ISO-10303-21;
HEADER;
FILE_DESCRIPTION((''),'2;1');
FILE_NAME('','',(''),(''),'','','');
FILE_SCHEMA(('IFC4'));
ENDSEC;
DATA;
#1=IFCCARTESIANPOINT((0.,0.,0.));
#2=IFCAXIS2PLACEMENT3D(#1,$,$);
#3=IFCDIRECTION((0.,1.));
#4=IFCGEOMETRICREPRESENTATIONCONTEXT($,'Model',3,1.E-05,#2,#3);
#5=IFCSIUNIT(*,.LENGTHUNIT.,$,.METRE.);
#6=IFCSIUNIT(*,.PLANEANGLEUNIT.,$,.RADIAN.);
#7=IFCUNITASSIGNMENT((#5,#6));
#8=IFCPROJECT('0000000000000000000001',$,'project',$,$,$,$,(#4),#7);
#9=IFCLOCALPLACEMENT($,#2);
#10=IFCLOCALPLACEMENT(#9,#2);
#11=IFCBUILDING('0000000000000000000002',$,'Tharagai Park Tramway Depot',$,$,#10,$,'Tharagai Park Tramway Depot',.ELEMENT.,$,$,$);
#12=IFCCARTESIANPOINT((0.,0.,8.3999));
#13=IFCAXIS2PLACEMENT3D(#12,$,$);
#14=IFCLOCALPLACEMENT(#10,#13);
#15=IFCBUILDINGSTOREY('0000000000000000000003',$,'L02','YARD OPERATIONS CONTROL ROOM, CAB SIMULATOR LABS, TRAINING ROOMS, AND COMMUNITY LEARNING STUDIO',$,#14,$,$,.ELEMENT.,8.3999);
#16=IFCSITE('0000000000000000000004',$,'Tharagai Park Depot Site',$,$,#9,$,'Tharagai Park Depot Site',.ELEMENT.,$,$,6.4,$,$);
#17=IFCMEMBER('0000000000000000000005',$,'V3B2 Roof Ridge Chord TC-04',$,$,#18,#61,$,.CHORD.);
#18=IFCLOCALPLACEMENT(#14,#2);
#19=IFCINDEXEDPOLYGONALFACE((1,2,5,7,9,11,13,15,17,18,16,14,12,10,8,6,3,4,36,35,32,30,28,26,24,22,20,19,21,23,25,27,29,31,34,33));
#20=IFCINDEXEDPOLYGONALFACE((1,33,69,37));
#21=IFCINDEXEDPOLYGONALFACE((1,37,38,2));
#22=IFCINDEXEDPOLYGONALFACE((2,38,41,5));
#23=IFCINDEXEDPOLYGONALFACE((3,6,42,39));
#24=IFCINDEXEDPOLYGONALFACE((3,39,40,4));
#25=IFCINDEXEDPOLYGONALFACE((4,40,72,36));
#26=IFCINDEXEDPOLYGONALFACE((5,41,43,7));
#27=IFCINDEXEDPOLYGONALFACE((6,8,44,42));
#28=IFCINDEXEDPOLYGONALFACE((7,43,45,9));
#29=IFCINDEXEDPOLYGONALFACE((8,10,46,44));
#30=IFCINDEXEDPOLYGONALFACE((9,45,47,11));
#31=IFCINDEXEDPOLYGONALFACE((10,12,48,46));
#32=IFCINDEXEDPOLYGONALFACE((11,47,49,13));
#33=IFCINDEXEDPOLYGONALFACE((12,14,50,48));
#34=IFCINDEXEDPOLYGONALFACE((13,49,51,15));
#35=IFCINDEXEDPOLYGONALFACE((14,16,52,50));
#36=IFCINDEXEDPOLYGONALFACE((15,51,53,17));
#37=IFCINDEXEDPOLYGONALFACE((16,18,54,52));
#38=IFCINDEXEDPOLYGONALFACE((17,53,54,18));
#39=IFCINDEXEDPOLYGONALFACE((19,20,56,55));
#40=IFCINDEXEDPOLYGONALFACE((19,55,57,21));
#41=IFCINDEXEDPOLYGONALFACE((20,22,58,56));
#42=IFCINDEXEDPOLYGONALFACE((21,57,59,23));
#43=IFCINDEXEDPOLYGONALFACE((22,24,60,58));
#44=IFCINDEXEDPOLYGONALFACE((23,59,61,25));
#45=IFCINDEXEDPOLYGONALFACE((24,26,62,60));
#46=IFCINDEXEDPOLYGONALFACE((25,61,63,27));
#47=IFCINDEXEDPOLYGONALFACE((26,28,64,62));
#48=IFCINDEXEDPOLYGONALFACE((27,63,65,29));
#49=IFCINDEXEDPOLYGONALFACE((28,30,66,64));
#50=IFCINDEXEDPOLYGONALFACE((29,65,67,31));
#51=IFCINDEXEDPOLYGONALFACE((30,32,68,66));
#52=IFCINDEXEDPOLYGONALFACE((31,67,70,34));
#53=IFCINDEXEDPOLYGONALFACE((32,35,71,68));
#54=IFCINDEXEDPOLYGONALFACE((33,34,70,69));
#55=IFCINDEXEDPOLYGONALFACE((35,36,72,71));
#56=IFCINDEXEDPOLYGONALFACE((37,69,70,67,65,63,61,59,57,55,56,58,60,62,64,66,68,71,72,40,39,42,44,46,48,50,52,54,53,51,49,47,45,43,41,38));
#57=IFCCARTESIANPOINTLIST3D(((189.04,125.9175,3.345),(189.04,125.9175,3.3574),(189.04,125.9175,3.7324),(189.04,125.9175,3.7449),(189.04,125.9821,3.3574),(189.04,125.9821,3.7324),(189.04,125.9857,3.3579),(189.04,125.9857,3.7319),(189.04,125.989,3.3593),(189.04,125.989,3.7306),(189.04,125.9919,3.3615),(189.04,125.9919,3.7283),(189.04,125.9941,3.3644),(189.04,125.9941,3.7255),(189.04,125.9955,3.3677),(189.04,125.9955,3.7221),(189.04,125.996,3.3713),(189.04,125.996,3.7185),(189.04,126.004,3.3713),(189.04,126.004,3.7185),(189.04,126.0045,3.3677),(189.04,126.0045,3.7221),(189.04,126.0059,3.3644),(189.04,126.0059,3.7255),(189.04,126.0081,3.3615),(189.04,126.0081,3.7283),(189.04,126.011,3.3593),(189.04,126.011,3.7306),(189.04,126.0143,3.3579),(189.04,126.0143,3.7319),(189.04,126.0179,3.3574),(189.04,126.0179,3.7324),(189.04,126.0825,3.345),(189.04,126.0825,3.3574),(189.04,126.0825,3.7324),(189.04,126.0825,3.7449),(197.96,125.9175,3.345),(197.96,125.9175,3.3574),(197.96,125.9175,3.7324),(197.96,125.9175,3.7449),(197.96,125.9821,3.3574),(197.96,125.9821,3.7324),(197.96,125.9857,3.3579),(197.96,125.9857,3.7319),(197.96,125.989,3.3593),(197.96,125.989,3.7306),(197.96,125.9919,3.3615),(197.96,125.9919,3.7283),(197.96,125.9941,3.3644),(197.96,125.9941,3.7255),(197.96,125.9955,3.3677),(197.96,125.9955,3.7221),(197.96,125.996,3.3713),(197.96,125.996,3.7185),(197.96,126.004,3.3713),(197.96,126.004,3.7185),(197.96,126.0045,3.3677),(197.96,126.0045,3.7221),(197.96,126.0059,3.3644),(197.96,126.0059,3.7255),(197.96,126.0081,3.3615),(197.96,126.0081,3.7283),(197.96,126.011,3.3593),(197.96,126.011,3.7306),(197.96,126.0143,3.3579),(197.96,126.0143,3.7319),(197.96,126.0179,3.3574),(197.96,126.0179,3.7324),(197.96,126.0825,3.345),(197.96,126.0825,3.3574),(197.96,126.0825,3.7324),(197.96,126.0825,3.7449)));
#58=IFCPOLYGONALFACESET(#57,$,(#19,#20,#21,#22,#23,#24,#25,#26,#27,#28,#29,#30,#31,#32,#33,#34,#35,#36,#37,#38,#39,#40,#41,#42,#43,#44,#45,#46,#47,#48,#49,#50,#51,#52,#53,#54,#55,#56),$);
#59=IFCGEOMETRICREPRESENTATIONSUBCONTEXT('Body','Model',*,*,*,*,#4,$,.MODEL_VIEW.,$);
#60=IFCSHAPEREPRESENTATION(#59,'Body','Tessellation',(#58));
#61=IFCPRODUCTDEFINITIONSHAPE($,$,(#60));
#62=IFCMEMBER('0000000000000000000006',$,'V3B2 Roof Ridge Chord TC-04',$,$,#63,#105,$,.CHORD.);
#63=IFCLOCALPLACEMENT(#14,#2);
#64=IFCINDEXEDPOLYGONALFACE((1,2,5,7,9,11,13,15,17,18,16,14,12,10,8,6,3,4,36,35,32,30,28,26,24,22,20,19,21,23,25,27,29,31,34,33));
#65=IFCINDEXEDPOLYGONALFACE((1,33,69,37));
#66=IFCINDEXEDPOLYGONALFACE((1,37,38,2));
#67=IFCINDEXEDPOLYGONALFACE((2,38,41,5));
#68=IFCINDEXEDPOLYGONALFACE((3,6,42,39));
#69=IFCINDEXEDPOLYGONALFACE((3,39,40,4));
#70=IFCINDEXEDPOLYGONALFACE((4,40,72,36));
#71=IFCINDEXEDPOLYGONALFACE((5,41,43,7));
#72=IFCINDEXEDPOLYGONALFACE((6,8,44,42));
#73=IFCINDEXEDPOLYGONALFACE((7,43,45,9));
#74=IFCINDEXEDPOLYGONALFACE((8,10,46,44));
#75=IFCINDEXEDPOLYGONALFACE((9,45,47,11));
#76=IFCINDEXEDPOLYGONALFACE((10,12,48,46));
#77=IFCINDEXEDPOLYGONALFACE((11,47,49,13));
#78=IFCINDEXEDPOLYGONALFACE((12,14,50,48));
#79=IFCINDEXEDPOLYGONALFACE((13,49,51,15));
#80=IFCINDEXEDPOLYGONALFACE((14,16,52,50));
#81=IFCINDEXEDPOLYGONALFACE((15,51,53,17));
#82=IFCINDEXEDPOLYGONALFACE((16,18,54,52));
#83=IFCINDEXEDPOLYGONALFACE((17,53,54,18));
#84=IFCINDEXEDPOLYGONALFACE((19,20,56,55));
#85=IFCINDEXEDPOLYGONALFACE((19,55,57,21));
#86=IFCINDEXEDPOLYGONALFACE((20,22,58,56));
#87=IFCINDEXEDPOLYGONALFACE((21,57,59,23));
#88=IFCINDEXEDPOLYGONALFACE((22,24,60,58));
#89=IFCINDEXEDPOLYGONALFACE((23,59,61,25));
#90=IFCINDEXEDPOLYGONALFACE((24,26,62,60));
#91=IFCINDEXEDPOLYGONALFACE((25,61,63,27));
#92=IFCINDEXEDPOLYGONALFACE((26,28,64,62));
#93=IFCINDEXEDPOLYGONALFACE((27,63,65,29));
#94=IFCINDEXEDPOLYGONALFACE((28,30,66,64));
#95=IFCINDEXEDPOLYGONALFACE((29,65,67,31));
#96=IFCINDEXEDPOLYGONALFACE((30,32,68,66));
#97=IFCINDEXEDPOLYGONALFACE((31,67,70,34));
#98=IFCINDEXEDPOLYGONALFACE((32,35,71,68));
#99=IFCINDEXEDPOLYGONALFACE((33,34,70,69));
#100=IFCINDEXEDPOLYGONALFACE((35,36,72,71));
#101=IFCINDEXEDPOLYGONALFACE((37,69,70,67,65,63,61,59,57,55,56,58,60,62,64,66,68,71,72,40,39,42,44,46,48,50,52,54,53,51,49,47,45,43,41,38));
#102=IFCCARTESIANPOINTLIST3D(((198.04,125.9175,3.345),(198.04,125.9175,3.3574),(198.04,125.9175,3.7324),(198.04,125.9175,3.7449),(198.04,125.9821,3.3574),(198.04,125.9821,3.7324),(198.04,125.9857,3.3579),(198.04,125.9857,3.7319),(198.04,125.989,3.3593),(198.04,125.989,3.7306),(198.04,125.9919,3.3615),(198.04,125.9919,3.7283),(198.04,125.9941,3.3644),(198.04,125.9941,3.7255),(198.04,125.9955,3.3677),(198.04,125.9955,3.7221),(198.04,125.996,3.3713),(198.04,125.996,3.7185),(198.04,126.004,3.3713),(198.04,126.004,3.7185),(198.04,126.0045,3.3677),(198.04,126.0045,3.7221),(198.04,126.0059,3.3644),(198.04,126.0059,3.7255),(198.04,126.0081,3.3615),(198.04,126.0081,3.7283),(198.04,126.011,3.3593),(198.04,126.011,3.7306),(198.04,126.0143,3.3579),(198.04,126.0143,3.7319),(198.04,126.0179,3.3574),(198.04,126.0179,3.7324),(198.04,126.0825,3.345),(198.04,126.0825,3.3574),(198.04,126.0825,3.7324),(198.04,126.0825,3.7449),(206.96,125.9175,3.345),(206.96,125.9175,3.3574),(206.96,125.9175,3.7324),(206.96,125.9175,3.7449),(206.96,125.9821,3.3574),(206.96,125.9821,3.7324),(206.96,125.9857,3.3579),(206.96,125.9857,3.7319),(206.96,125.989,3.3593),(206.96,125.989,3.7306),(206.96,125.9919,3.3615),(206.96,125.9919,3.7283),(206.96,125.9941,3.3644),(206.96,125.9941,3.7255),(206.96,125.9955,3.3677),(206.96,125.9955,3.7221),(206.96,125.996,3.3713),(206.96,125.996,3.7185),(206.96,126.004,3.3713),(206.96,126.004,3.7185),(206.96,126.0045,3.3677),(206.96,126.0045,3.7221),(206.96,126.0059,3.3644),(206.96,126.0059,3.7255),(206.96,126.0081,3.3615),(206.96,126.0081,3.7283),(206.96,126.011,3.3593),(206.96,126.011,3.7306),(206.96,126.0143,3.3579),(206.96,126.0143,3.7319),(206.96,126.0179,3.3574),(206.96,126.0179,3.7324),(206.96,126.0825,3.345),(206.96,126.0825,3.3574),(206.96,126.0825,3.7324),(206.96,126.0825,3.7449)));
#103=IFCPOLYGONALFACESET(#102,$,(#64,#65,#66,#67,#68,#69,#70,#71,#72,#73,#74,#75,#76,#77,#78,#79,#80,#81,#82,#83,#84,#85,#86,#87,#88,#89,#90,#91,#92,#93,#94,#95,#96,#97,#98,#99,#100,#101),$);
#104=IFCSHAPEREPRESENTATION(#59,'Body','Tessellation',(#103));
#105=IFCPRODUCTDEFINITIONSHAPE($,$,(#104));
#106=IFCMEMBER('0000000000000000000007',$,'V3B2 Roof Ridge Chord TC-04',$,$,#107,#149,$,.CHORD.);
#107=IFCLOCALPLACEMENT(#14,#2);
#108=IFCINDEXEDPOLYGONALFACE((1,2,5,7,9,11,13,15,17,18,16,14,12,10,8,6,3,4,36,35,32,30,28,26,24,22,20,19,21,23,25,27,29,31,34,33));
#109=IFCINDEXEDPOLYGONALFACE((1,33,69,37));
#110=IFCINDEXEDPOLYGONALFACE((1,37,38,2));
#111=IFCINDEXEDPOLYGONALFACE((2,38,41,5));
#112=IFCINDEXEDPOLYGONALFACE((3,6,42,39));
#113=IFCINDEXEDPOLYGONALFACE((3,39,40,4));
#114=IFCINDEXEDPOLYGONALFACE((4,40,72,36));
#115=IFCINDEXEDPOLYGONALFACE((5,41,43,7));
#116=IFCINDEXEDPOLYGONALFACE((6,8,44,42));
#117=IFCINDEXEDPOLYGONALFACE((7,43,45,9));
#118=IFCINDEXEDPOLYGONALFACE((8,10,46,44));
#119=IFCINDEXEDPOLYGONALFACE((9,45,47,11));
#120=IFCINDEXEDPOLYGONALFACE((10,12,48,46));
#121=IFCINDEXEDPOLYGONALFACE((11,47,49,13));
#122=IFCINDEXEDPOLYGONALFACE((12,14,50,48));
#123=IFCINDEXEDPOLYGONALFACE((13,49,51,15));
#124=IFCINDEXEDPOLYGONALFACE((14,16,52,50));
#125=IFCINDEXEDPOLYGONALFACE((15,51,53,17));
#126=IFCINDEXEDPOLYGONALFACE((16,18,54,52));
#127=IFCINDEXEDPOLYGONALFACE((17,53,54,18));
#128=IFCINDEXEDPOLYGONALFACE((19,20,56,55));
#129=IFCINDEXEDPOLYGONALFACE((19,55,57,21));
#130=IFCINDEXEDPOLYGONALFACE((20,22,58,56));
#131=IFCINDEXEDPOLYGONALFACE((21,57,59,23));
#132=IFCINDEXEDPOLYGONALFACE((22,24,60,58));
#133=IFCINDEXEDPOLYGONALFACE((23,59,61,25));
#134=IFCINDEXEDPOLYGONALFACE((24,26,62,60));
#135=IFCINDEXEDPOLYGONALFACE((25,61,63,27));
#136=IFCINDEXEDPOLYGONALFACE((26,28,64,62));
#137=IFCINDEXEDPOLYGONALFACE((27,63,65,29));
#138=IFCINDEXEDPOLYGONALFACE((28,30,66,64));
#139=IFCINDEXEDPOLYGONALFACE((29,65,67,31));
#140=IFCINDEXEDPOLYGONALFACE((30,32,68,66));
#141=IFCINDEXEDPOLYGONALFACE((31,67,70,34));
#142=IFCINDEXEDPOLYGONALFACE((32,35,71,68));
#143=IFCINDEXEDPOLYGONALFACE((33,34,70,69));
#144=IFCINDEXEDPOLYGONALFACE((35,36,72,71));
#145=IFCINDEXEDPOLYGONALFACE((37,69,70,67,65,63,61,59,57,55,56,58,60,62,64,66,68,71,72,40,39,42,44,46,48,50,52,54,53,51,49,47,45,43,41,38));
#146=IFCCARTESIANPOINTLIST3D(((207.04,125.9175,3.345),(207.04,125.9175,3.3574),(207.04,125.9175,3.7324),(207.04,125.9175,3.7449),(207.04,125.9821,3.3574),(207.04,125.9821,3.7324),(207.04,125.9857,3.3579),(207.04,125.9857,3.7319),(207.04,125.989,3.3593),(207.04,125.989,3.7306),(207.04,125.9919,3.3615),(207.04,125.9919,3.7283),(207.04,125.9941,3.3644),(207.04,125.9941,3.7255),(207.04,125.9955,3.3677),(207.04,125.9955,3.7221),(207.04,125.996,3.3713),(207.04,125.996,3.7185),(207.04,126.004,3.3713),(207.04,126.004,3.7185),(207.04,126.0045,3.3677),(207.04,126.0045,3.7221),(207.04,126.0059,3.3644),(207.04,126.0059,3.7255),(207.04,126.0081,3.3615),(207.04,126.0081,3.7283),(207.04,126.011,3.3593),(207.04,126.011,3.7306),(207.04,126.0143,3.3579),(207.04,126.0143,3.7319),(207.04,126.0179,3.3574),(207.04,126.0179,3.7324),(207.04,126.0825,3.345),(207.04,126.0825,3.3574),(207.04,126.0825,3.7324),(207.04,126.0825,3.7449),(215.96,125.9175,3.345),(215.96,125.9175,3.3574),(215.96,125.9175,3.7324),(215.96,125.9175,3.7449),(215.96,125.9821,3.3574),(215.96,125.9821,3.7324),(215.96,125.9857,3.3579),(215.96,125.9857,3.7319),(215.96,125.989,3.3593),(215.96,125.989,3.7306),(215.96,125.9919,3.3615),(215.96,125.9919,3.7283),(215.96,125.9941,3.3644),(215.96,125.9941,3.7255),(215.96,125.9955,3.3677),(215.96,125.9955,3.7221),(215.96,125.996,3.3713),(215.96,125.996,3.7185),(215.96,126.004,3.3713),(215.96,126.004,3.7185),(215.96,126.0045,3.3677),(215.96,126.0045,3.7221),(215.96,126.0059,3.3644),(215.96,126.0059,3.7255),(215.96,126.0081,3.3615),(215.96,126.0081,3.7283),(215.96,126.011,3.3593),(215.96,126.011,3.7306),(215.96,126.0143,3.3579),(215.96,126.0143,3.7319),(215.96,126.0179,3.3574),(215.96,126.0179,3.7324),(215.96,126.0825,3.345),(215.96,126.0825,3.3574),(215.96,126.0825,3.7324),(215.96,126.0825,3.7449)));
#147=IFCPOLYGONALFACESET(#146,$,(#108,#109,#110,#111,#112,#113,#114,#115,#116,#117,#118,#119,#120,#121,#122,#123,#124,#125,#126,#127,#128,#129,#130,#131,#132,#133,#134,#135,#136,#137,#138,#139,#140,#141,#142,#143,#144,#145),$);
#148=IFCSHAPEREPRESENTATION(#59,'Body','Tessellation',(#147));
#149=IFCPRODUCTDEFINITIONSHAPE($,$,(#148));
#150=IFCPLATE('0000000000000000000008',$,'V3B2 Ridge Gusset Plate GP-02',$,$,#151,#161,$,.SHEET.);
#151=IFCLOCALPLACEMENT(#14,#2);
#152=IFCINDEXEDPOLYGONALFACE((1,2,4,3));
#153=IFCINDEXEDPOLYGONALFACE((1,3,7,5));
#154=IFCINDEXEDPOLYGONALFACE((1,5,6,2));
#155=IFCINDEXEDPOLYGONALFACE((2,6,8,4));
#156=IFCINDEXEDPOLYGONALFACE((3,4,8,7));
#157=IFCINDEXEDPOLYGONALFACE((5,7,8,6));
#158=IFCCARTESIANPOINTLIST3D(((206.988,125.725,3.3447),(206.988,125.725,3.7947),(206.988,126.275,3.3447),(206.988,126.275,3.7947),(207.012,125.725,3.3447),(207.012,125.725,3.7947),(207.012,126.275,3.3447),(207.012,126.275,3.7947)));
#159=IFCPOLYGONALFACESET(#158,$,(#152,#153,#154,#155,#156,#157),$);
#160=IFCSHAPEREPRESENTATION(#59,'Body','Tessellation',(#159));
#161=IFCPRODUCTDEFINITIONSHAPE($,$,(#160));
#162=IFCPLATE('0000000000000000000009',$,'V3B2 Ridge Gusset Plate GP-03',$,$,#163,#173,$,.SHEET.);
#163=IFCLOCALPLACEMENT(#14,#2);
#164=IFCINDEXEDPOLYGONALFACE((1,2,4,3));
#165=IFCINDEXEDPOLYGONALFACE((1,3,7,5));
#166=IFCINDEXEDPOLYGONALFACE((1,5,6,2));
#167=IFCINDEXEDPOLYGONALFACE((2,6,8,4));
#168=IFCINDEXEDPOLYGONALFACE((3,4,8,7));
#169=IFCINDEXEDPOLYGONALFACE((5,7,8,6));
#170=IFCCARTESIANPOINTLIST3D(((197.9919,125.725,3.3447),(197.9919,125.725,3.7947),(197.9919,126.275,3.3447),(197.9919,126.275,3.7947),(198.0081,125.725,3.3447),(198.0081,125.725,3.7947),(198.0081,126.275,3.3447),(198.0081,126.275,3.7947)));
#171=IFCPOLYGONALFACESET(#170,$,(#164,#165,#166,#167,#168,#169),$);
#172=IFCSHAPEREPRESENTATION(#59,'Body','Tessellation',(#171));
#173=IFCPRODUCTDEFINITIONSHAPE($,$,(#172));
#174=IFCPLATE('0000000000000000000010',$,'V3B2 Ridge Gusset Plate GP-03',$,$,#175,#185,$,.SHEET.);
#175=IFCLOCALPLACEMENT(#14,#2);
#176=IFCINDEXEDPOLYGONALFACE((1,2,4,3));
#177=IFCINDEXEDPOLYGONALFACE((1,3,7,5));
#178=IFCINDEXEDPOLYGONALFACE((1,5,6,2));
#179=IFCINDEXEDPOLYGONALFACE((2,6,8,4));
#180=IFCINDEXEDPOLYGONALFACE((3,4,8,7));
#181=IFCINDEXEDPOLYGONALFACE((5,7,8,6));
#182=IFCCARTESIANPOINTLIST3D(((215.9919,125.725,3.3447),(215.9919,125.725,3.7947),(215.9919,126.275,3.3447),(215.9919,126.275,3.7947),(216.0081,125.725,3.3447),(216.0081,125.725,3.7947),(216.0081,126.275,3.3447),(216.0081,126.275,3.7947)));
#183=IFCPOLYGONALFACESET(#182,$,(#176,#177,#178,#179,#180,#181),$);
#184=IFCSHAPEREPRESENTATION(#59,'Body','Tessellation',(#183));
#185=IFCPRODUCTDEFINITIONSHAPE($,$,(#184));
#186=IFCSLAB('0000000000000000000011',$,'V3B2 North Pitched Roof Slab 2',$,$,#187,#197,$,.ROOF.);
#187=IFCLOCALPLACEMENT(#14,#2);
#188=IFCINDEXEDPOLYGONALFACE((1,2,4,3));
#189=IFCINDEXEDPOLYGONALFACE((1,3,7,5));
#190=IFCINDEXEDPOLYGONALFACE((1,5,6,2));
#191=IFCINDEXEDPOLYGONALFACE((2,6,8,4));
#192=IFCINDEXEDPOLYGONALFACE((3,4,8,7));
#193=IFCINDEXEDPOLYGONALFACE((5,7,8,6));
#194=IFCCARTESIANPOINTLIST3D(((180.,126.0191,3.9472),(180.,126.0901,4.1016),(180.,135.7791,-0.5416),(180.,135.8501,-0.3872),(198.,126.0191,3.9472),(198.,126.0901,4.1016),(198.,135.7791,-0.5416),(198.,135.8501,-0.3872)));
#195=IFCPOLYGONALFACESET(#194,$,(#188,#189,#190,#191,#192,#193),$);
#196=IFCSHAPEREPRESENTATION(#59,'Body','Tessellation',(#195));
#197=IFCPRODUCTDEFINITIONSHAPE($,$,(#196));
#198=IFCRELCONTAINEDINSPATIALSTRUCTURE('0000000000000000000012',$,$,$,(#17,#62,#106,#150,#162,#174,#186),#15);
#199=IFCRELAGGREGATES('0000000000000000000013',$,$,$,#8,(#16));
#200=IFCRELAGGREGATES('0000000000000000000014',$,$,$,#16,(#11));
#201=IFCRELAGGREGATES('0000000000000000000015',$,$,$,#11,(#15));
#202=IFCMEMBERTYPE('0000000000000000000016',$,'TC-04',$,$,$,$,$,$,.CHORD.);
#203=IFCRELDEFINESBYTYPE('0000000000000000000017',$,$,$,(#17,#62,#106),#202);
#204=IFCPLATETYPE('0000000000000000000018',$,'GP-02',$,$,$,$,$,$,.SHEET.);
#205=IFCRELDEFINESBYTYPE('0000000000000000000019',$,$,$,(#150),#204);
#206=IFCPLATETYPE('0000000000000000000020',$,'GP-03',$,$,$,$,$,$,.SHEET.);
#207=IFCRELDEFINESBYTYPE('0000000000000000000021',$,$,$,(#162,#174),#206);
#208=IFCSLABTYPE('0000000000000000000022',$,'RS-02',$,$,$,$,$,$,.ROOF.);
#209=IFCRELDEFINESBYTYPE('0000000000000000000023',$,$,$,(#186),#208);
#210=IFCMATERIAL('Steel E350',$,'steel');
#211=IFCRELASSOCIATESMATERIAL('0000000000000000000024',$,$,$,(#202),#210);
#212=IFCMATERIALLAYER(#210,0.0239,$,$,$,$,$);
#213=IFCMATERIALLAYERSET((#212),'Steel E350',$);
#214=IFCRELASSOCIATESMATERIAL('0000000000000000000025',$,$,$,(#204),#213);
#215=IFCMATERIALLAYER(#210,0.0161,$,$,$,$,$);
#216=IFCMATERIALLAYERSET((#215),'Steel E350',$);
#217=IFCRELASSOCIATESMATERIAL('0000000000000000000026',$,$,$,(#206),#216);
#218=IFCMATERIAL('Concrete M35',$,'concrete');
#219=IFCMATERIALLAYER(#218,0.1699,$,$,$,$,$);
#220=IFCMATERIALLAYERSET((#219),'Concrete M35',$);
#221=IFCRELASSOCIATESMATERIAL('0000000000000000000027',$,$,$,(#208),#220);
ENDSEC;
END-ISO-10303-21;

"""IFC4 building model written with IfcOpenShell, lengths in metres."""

from ifc_helpers import new_model, si_unit, direction, frame, origin, origin_2d, place, context, subcontext, project, spatial, polyline, rectangle, i_section, outline, extrude, material, layer, layer_set, material_profile, profile_set, type_object, element, save


model = new_model("IFC4")

# Units and contexts
model_context = context("Model", 3, precision=1e-05, world=origin(), true_north=direction((0.0, 1.0)))
body_context = subcontext(model_context, "Body", "Model", "MODEL_VIEW")
ifc_project = project(units=[si_unit("LENGTHUNIT", "METRE"), si_unit("PLANEANGLEUNIT", "RADIAN")], contexts=[model_context])

# Site, building, storey
site_placement = place(None, origin())
site = spatial("IfcSite", under=ifc_project, at=site_placement, Name="Tharagai Park Depot Site", LongName="Tharagai Park Depot Site", CompositionType="ELEMENT", RefElevation=6.4)
building_placement = place(site_placement, origin())
building = spatial("IfcBuilding", under=site, at=building_placement, Name="Tharagai Park Tramway Depot", LongName="Tharagai Park Tramway Depot", CompositionType="ELEMENT")
storey_placement = place(building_placement, frame((0.0, 0.0, 8.3999)))
storey = spatial("IfcBuildingStorey", under=building, at=storey_placement, Name="L02", Description="YARD OPERATIONS CONTROL ROOM, CAB SIMULATOR LABS, TRAINING ROOMS, AND COMMUNITY LEARNING STUDIO", CompositionType="ELEMENT", Elevation=8.3999)

# Shared definitions
ifc_material_1 = material(Name="Steel E350", Category="steel")

# Members
ifc_material_profile_1 = material_profile(ifc_material_1, i_section(OverallWidth=0.165, OverallDepth=0.3999, WebThickness=0.0081, FlangeThickness=0.0125, FilletRadius=0.0139, at=origin_2d()), Name="ISLB 400")
ifc_profile_set_1 = profile_set([ifc_material_profile_1], Name="Steel E350")
member_type_1 = type_object("IfcMemberType", Name="TC-04", PredefinedType="CHORD", material=ifc_profile_set_1)
for number, where, z_axis, x_axis, name in (
    (1, (189.04, 126.0, 3.5449), (1.0, 0.0, 0.0), (0.0, 1.0, 0.0), "V3B2 Roof Ridge Chord TC-04"),
    (2, (198.04, 126.0, 3.5449), (1.0, 0.0, 0.0), (0.0, 1.0, 0.0), "V3B2 Roof Ridge Chord TC-04"),
    (3, (207.04, 126.0, 3.5449), (1.0, 0.0, 0.0), (0.0, 1.0, 0.0), "V3B2 Roof Ridge Chord TC-04"),
):
    element("IfcMember", number, at=place(storey_placement, frame(where, z_axis=z_axis, x_axis=x_axis)), inside=storey, type_object=member_type_1, Name=name, PredefinedType="CHORD", context=body_context, shape_type="SweptSolid", body=[
        extrude(i_section(OverallWidth=0.165, OverallDepth=0.3999, WebThickness=0.0081, FlangeThickness=0.0125, FilletRadius=0.0139, at=origin_2d()), origin(), (0.0, 0.0, 1.0), 8.9199),
    ])

# Plates
ifc_layer_1 = layer(ifc_material_1, 0.0239)
ifc_layer_set_1 = layer_set([ifc_layer_1], Name="Steel E350")
plate_type_1 = type_object("IfcPlateType", Name="GP-02", PredefinedType="SHEET", material=ifc_layer_set_1)
plate_placement = place(storey_placement, frame((207.0, 126.0, 3.3447), z_axis=(0.0, 0.0, 1.0), x_axis=(1.0, 0.0, 0.0)))
element("IfcPlate", 4, at=plate_placement, inside=storey, type_object=plate_type_1, Name="V3B2 Ridge Gusset Plate GP-02", PredefinedType="SHEET", context=body_context, shape_type="SweptSolid", body=[
    extrude(rectangle(XDim=0.0239, YDim=0.55, at=origin_2d()), origin(), (0.0, 0.0, 1.0), 0.45),
])
ifc_layer_2 = layer(ifc_material_1, 0.0161)
ifc_layer_set_2 = layer_set([ifc_layer_2], Name="Steel E350")
plate_type_2 = type_object("IfcPlateType", Name="GP-03", PredefinedType="SHEET", material=ifc_layer_set_2)
for number, where, z_axis, x_axis, name in (
    (5, (198.0, 126.0, 3.3447), (0.0, 0.0, 1.0), (1.0, 0.0, 0.0), "V3B2 Ridge Gusset Plate GP-03"),
    (6, (216.0, 126.0, 3.3447), (0.0, 0.0, 1.0), (1.0, 0.0, 0.0), "V3B2 Ridge Gusset Plate GP-03"),
):
    element("IfcPlate", number, at=place(storey_placement, frame(where, z_axis=z_axis, x_axis=x_axis)), inside=storey, type_object=plate_type_2, Name=name, PredefinedType="SHEET", context=body_context, shape_type="SweptSolid", body=[
        extrude(rectangle(XDim=0.0161, YDim=0.55, at=origin_2d()), origin(), (0.0, 0.0, 1.0), 0.45),
    ])

# Slab
ifc_material_2 = material(Name="Concrete M35", Category="concrete")
ifc_layer_3 = layer(ifc_material_2, 0.1699)
ifc_layer_set_3 = layer_set([ifc_layer_3], Name="Concrete M35")
slab_type = type_object("IfcSlabType", Name="RS-02", PredefinedType="ROOF", material=ifc_layer_set_3)
slab_1_placement = place(storey_placement, frame((198.0, 135.8501, -0.3872), z_axis=(0.0, 0.417841, 0.90852), x_axis=(-1.0, 0.0, 0.0)))
element("IfcSlab", 7, at=slab_1_placement, inside=storey, type_object=slab_type, Name="V3B2 North Pitched Roof Slab 2", PredefinedType="ROOF", context=body_context, shape_type="SweptSolid", body=[
    extrude(outline(polyline([(0.0, 0.0), (18.0, 0.0), (18.0, 10.7428), (0.0, 10.7428), (0.0, 0.0)])), origin(), (0.0, 0.0, -1.0), 0.1699),
])

save(model, "model.ifc")
